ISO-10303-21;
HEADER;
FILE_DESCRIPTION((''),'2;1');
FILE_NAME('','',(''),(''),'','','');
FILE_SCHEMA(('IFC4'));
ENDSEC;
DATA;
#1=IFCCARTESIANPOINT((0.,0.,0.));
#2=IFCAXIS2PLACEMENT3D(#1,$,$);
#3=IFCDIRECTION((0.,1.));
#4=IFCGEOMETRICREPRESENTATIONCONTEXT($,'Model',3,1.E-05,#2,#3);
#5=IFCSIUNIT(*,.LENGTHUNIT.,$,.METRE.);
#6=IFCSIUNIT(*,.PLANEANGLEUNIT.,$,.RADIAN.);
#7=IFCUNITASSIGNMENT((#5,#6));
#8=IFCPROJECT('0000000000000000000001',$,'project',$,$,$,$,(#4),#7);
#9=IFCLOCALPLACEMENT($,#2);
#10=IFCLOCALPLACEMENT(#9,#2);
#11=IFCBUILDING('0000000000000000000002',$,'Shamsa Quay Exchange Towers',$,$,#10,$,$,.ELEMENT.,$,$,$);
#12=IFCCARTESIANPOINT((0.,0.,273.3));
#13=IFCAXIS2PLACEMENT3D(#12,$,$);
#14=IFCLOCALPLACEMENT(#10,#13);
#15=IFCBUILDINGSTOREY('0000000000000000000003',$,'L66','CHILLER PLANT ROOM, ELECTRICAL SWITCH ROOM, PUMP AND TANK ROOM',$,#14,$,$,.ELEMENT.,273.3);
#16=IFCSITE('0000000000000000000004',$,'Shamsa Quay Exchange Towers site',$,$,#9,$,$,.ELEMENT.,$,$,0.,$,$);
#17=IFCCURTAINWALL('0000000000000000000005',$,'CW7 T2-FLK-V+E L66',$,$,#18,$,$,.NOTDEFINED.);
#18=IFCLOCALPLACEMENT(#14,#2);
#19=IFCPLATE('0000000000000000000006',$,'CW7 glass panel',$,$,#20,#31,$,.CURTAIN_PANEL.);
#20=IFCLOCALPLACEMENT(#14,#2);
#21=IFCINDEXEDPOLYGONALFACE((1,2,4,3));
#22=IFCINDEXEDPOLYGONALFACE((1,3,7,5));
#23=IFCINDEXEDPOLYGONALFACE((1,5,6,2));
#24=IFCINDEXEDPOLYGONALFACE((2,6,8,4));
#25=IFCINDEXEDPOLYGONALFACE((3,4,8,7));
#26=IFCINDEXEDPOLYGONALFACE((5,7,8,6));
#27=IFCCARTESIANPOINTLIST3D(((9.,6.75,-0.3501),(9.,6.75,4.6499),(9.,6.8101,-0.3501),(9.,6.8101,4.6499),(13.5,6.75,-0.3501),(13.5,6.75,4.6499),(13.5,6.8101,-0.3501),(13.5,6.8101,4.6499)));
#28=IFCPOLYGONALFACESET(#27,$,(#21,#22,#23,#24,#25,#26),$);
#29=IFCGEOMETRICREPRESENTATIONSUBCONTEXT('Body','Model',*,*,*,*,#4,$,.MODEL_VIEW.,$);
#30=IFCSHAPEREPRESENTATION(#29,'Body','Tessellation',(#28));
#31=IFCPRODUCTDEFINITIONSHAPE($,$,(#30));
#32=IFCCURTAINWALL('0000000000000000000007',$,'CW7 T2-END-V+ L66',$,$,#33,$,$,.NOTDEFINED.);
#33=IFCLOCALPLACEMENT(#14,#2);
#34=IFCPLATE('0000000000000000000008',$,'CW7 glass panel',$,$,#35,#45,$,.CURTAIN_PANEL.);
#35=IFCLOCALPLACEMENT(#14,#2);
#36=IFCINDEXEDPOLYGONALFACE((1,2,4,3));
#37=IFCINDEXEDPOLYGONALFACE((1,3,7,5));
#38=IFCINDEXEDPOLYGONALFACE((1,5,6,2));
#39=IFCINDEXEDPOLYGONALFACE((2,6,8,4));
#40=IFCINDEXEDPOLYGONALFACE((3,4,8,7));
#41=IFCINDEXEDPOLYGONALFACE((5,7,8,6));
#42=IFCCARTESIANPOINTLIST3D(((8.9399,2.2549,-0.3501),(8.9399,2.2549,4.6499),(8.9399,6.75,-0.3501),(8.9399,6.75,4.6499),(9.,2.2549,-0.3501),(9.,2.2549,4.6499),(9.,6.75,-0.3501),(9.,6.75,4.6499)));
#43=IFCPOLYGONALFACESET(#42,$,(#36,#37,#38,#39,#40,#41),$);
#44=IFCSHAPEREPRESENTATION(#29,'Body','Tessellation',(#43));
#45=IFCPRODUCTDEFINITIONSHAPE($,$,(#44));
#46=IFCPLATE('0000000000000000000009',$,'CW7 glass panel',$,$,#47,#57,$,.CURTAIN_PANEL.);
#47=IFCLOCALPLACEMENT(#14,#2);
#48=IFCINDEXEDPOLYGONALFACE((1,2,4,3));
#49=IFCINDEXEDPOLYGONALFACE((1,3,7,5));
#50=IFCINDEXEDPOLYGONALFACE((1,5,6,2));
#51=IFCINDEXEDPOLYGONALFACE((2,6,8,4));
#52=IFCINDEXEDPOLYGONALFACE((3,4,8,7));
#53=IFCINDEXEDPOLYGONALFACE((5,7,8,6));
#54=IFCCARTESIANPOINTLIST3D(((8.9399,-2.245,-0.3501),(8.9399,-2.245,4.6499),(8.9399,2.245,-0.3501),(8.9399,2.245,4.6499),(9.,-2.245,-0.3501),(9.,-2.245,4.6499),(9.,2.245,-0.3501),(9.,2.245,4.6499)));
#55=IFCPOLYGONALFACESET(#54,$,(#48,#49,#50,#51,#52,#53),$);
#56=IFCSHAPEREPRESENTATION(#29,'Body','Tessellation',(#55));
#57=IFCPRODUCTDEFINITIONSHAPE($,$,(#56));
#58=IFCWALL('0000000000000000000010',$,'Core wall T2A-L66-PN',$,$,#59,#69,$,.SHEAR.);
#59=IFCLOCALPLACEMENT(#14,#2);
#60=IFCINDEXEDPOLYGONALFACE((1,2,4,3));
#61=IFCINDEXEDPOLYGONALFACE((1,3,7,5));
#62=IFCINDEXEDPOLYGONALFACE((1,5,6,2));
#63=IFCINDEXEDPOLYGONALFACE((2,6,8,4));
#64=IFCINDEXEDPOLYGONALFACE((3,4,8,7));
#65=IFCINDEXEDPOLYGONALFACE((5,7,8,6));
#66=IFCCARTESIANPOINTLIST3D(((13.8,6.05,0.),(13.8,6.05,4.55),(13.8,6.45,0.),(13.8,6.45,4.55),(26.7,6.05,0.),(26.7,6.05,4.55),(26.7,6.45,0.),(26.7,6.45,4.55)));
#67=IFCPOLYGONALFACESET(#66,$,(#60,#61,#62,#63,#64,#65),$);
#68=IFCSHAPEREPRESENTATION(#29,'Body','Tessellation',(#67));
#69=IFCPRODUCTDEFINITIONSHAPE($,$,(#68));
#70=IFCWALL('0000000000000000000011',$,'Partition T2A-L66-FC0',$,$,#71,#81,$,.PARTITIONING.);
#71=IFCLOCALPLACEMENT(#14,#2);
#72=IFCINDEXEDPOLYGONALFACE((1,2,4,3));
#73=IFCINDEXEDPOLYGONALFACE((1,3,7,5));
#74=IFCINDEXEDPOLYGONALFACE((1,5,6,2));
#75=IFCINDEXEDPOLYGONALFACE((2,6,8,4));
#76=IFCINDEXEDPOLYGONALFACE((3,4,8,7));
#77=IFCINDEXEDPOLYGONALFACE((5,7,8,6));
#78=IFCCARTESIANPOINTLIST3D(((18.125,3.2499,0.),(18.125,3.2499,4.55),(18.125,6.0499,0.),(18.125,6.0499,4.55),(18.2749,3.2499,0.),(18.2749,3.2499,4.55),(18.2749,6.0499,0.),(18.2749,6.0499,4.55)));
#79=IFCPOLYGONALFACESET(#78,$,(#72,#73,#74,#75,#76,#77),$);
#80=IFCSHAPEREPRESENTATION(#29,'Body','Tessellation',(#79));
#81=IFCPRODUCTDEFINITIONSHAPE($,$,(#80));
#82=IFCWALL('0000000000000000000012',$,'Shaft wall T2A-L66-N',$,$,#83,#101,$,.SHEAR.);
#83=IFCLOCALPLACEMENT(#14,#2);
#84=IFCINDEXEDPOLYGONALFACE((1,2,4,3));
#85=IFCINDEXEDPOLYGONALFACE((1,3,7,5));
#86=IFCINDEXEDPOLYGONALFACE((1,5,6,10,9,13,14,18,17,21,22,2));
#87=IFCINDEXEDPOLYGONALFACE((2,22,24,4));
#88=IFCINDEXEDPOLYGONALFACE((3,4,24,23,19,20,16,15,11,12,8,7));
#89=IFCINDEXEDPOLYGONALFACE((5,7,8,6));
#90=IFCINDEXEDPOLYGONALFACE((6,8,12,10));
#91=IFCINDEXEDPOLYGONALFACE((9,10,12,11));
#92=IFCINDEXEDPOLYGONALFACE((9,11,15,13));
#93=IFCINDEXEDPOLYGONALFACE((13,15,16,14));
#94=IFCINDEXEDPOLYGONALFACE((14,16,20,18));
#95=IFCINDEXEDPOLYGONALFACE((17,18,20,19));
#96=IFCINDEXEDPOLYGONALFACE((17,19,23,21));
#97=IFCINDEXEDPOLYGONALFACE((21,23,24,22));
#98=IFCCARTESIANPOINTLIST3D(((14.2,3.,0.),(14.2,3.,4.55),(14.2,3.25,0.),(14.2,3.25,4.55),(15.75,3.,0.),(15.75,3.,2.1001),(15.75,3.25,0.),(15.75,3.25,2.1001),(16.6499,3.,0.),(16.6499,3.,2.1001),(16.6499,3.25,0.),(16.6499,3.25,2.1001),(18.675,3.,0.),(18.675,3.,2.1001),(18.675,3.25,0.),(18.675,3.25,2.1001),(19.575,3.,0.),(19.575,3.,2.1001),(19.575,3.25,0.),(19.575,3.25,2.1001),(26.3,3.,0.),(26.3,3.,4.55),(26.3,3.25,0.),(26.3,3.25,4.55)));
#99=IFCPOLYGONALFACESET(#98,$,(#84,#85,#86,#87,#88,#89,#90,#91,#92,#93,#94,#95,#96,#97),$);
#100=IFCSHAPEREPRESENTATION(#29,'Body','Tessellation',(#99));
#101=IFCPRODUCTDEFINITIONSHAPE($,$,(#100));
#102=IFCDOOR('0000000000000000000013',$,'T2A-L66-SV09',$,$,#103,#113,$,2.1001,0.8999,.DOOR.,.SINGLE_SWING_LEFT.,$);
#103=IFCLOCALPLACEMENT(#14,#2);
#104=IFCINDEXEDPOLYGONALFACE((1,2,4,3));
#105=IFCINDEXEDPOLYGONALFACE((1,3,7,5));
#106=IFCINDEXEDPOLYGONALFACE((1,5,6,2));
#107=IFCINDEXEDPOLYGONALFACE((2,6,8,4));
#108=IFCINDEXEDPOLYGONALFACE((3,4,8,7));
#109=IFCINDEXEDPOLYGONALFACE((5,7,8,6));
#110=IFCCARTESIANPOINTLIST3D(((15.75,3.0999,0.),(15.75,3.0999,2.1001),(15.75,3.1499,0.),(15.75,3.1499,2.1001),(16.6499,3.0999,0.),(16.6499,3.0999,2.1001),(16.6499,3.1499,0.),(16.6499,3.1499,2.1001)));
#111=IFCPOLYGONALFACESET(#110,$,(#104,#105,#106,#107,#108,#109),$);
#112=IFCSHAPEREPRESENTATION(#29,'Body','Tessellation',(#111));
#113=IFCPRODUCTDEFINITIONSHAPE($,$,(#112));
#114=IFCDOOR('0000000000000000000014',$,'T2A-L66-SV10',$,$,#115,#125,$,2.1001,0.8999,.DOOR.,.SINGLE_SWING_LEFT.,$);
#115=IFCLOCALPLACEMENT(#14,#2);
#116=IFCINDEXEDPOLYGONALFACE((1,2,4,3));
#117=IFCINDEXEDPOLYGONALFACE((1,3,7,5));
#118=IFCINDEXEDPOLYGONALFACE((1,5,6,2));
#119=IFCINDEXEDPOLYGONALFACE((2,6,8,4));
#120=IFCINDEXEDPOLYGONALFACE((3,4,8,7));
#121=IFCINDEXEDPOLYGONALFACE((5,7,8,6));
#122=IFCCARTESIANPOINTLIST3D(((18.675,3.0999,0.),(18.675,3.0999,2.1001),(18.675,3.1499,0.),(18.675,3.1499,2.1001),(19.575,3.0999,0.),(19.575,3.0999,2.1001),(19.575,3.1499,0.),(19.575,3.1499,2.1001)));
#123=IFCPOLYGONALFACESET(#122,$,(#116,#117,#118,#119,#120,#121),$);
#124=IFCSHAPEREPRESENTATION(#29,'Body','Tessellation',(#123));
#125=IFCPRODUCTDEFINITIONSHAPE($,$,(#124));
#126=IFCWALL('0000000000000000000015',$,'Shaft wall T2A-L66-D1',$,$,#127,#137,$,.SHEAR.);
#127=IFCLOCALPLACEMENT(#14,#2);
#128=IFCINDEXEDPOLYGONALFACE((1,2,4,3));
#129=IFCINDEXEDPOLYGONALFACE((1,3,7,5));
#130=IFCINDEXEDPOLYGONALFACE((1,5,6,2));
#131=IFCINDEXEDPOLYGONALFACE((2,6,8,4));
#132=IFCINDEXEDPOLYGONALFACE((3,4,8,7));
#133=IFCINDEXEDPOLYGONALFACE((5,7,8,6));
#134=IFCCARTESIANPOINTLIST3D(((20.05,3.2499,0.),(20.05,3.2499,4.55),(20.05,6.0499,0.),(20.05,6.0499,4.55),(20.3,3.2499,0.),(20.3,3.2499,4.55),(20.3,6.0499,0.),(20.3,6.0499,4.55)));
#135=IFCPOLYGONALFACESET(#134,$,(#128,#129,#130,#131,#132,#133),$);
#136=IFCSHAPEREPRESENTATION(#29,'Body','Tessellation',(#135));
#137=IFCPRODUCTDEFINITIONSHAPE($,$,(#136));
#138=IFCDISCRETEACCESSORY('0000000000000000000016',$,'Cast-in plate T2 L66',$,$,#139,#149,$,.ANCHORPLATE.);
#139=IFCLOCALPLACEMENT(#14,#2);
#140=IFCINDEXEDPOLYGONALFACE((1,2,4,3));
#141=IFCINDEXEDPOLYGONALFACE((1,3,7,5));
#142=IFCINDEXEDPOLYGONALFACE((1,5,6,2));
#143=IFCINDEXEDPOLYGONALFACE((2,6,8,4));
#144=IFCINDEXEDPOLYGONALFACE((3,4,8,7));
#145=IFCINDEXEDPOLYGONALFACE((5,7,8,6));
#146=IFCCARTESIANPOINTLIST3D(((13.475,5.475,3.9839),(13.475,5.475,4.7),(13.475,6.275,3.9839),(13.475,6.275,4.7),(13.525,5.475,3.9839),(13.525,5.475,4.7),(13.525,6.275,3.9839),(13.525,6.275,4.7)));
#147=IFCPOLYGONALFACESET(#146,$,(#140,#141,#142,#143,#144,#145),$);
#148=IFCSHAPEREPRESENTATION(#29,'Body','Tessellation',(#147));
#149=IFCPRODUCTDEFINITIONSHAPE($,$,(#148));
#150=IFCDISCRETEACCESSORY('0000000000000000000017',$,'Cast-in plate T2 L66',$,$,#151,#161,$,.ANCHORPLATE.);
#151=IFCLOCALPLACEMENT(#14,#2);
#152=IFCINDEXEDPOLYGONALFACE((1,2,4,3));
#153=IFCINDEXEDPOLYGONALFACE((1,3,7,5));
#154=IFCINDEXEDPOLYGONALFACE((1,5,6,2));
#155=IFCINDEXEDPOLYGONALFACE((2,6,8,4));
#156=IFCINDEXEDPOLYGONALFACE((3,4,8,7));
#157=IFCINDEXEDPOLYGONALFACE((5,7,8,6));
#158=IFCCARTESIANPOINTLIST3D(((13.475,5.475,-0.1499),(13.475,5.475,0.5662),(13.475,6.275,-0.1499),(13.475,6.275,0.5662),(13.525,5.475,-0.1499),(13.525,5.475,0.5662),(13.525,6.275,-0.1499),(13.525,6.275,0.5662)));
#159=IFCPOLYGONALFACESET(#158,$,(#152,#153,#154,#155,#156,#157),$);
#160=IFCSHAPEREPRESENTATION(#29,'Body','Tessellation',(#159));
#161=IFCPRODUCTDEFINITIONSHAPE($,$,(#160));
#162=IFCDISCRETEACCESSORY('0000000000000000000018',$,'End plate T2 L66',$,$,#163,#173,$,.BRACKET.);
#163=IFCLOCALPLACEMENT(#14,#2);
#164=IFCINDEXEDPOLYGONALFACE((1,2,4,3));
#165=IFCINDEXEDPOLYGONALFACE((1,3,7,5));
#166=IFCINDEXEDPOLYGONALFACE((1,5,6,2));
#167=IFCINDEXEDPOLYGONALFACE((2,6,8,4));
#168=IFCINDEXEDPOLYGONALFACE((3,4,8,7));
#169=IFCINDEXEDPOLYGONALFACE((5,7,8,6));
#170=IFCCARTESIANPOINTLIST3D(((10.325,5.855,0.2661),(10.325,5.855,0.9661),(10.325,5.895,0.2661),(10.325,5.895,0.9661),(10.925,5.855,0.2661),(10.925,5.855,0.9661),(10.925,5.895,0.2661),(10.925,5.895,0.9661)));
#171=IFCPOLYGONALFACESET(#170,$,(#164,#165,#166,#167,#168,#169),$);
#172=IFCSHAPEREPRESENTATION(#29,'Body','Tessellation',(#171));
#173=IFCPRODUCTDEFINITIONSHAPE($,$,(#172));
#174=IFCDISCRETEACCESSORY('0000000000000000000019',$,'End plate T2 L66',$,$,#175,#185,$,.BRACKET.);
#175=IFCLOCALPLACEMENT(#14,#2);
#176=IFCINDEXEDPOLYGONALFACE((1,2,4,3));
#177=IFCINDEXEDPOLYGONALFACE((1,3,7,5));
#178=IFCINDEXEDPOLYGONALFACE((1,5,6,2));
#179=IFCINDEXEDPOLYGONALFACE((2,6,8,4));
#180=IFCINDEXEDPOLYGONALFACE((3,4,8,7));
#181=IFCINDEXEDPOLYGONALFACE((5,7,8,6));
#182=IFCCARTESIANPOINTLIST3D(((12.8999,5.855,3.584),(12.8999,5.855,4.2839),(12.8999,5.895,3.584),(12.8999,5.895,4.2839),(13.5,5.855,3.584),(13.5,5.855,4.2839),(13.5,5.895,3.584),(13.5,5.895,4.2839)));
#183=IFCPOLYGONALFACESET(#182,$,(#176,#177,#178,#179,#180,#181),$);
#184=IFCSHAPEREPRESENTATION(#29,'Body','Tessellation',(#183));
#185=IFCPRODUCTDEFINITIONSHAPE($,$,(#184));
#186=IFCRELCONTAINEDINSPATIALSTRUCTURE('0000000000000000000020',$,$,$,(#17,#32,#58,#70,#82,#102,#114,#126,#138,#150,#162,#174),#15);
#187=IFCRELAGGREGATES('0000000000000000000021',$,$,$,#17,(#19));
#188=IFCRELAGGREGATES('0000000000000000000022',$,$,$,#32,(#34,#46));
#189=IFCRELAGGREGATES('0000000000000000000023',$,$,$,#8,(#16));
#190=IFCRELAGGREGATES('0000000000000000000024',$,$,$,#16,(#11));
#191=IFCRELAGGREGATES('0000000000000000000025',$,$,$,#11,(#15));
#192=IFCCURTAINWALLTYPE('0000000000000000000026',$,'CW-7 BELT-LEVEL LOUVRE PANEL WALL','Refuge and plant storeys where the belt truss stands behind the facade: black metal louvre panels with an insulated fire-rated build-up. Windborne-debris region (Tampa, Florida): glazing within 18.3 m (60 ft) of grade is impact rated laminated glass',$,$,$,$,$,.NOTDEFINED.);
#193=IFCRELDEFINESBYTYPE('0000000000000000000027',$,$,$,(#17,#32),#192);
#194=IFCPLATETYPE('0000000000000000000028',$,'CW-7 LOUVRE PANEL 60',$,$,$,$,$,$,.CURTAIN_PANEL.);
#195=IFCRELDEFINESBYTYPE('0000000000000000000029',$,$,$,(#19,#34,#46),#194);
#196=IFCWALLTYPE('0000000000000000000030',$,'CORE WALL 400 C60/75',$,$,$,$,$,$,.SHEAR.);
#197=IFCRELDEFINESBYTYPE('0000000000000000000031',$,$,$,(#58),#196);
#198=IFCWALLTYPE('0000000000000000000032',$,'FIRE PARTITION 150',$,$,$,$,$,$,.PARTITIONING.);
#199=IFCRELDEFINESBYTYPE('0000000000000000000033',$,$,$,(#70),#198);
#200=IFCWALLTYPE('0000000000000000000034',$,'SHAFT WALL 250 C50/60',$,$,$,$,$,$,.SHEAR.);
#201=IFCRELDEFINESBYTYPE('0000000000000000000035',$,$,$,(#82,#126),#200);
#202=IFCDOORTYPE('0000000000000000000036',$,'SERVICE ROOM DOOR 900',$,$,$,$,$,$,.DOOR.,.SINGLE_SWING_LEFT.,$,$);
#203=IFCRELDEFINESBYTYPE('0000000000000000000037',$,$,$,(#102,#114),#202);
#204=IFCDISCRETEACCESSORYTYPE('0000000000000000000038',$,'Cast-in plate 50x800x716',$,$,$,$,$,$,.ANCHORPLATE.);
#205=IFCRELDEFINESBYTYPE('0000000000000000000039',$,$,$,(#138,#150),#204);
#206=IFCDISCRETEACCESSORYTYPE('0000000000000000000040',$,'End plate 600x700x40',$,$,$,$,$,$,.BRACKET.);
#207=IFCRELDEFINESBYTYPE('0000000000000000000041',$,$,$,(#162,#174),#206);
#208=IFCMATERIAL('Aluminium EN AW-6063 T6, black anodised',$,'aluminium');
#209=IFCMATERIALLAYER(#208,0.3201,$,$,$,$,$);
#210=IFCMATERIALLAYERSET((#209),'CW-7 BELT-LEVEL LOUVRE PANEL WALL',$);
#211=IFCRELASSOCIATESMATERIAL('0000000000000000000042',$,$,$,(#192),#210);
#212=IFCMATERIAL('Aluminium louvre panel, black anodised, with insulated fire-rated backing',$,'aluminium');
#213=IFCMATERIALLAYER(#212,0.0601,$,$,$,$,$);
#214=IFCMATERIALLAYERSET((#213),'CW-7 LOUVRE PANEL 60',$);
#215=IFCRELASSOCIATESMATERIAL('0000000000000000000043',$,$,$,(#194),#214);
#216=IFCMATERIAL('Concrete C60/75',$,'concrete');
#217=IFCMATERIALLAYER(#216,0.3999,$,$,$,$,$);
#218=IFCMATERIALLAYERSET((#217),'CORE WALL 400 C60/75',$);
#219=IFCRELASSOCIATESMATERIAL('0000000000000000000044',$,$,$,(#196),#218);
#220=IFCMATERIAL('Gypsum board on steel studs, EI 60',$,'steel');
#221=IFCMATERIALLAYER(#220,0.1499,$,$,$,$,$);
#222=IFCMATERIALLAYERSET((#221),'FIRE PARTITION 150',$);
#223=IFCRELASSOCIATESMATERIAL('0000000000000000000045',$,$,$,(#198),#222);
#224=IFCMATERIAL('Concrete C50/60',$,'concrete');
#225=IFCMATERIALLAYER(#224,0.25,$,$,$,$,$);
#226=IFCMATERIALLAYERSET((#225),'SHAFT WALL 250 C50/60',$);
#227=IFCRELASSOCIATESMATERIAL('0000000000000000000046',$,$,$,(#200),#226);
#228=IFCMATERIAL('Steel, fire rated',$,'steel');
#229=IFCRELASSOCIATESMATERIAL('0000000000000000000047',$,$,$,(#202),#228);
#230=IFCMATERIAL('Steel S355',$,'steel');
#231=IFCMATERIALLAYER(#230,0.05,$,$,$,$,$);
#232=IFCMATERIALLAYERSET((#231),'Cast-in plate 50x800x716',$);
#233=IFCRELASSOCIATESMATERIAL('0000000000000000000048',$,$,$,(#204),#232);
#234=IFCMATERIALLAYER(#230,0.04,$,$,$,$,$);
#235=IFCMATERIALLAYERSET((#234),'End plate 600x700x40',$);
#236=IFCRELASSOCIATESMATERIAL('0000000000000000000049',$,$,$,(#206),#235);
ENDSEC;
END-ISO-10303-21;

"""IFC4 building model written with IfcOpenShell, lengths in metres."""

from ifc_helpers import new_model, si_unit, direction, frame, frame_2d, origin, origin_2d, place, context, subcontext, project, spatial, rectangle, extrude, material, layer, layer_set, type_object, element, fill, aggregate, save


model = new_model("IFC4")

# Units and contexts
model_context = context("Model", 3, precision=1e-05, world=origin(), true_north=direction((0.0, 1.0)))
body_context = subcontext(model_context, "Body", "Model", "MODEL_VIEW")
ifc_project = project(units=[si_unit("LENGTHUNIT", "METRE"), si_unit("PLANEANGLEUNIT", "RADIAN")], contexts=[model_context])

# Site, building, storey
site_placement = place(None, origin())
site = spatial("IfcSite", under=ifc_project, at=site_placement, Name="Shamsa Quay Exchange Towers site", CompositionType="ELEMENT", RefElevation=0.0)
building_placement = place(site_placement, origin())
building = spatial("IfcBuilding", under=site, at=building_placement, Name="Shamsa Quay Exchange Towers", CompositionType="ELEMENT")
storey_placement = place(building_placement, frame((0.0, 0.0, 273.3)))
storey = spatial("IfcBuildingStorey", under=building, at=storey_placement, Name="L66", Description="CHILLER PLANT ROOM, ELECTRICAL SWITCH ROOM, PUMP AND TANK ROOM", CompositionType="ELEMENT", Elevation=273.3)

# Shared definitions
ifc_material_1 = material(Name="Steel S355", Category="steel")

# Shared definitions
ifc_material_2 = material(Name="Concrete C50/60", Category="concrete")

# Shared definitions
ifc_material_3 = material(Name="Aluminium EN AW-6063 T6, black anodised", Category="aluminium")
ifc_layer_1 = layer(ifc_material_3, 0.3201)
ifc_layer_set_1 = layer_set([ifc_layer_1], Name="CW-7 BELT-LEVEL LOUVRE PANEL WALL")
curtain_wall_type = type_object("IfcCurtainWallType", Name="CW-7 BELT-LEVEL LOUVRE PANEL WALL", Description="Refuge and plant storeys where the belt truss stands behind the facade: black metal louvre panels with an insulated fire-rated build-up. Windborne-debris region (Tampa, Florida): glazing within 18.3 m (60 ft) of grade is impact rated laminated glass", PredefinedType="NOTDEFINED", material=ifc_layer_set_1)
ifc_material_4 = material(Name="Aluminium louvre panel, black anodised, with insulated fire-rated backing", Category="aluminium")
ifc_layer_2 = layer(ifc_material_4, 0.0601)
ifc_layer_set_2 = layer_set([ifc_layer_2], Name="CW-7 LOUVRE PANEL 60")
plate_type = type_object("IfcPlateType", Name="CW-7 LOUVRE PANEL 60", PredefinedType="CURTAIN_PANEL", material=ifc_layer_set_2)

# Curtain wall, plate
curtain_wall_1_placement = place(storey_placement, origin())
curtain_wall_1 = element("IfcCurtainWall", 1, at=curtain_wall_1_placement, inside=storey, type_object=curtain_wall_type, Name="CW7 T2-FLK-V+E L66", PredefinedType="NOTDEFINED")
plate_1_placement = place(storey_placement, frame((11.25, 6.78, -0.3501), z_axis=(0.0, 0.0, 1.0), x_axis=(-1.0, 0.0, 0.0)))
plate_1 = element("IfcPlate", 2, at=plate_1_placement, type_object=plate_type, Name="CW7 glass panel", PredefinedType="CURTAIN_PANEL", context=body_context, shape_type="SweptSolid", body=[
    extrude(rectangle(XDim=4.5, YDim=0.0601, at=origin_2d()), origin(), (0.0, 0.0, 1.0), 5.0),
])
aggregate(curtain_wall_1, [plate_1])

# Curtain wall, plates
curtain_wall_2_placement = place(storey_placement, origin())
curtain_wall_2 = element("IfcCurtainWall", 3, at=curtain_wall_2_placement, inside=storey, type_object=curtain_wall_type, Name="CW7 T2-END-V+ L66", PredefinedType="NOTDEFINED")
plate_2_placement = place(storey_placement, frame((8.97, 4.5024, -0.3501), z_axis=(0.0, 0.0, 1.0), x_axis=(0.0, -1.0, 0.0)))
plate_2 = element("IfcPlate", 4, at=plate_2_placement, type_object=plate_type, Name="CW7 glass panel", PredefinedType="CURTAIN_PANEL", context=body_context, shape_type="SweptSolid", body=[
    extrude(rectangle(XDim=4.4951, YDim=0.0601, at=origin_2d()), origin(), (0.0, 0.0, 1.0), 5.0),
])
plate_3_placement = place(storey_placement, frame((8.97, 0.0, -0.3501), z_axis=(0.0, 0.0, 1.0), x_axis=(0.0, -1.0, 0.0)))
plate_3 = element("IfcPlate", 5, at=plate_3_placement, type_object=plate_type, Name="CW7 glass panel", PredefinedType="CURTAIN_PANEL", context=body_context, shape_type="SweptSolid", body=[
    extrude(rectangle(XDim=4.49, YDim=0.0601, at=origin_2d()), origin(), (0.0, 0.0, 1.0), 5.0),
])
aggregate(curtain_wall_2, [plate_2, plate_3])

# Wall
ifc_material_5 = material(Name="Concrete C60/75", Category="concrete")
ifc_layer_3 = layer(ifc_material_5, 0.3999)
ifc_layer_set_3 = layer_set([ifc_layer_3], Name="CORE WALL 400 C60/75")
wall_type_1 = type_object("IfcWallType", Name="CORE WALL 400 C60/75", PredefinedType="SHEAR", material=ifc_layer_set_3)
wall_1_placement = place(storey_placement, frame((13.8, 6.25, 0.0)))
element("IfcWall", 6, at=wall_1_placement, inside=storey, type_object=wall_type_1, Name="Core wall T2A-L66-PN", PredefinedType="SHEAR", context=body_context, shape_type="SweptSolid", body=[
    extrude(rectangle(XDim=12.8999, YDim=0.3999, at=frame_2d((6.45, 0.0))), origin(), (0.0, 0.0, 1.0), 4.55),
])

# Shared definitions
ifc_material_6 = material(Name="Steel, fire rated", Category="steel")

# Wall
ifc_material_7 = material(Name="Gypsum board on steel studs, EI 60", Category="steel")
ifc_layer_4 = layer(ifc_material_7, 0.1499)
ifc_layer_set_4 = layer_set([ifc_layer_4], Name="FIRE PARTITION 150")
wall_type_2 = type_object("IfcWallType", Name="FIRE PARTITION 150", PredefinedType="PARTITIONING", material=ifc_layer_set_4)
wall_2_placement = place(storey_placement, frame((18.2, 3.25, 0.0), z_axis=(0.0, 0.0, 1.0), x_axis=(0.0, 1.0, 0.0)))
element("IfcWall", 7, at=wall_2_placement, inside=storey, type_object=wall_type_2, Name="Partition T2A-L66-FC0", PredefinedType="PARTITIONING", context=body_context, shape_type="SweptSolid", body=[
    extrude(rectangle(XDim=2.8, YDim=0.1499, at=frame_2d((1.3999, 0.0))), origin(), (0.0, 0.0, 1.0), 4.55),
])

# Wall, openings, doors
ifc_layer_5 = layer(ifc_material_2, 0.25)
ifc_layer_set_5 = layer_set([ifc_layer_5], Name="SHAFT WALL 250 C50/60")
wall_type_3 = type_object("IfcWallType", Name="SHAFT WALL 250 C50/60", PredefinedType="SHEAR", material=ifc_layer_set_5)
wall_3_placement = place(storey_placement, frame((14.2, 3.125, 0.0)))
wall_3 = element("IfcWall", 8, at=wall_3_placement, inside=storey, type_object=wall_type_3, Name="Shaft wall T2A-L66-N", PredefinedType="SHEAR", context=body_context, shape_type="SweptSolid", body=[
    extrude(rectangle(XDim=12.1001, YDim=0.25, at=frame_2d((6.05, 0.0))), origin(), (0.0, 0.0, 1.0), 4.55),
])
opening_1_placement = place(wall_3_placement, frame((1.55, 0.0, 0.0)))
opening_1 = element("IfcOpeningElement", 9, at=opening_1_placement, cuts=wall_3, PredefinedType="OPENING", context=body_context, shape_type="SweptSolid", body=[
    extrude(rectangle(XDim=0.8999, YDim=2.1001, at=frame_2d((0.45, 1.05))), frame((0.0, 0.135, 0.0), z_axis=(0.0, -1.0, 0.0), x_axis=(1.0, 0.0, 0.0)), (0.0, 0.0, 1.0), 0.27),
])
opening_2_placement = place(wall_3_placement, frame((4.4751, 0.0, 0.0)))
opening_2 = element("IfcOpeningElement", 10, at=opening_2_placement, cuts=wall_3, PredefinedType="OPENING", context=body_context, shape_type="SweptSolid", body=[
    extrude(rectangle(XDim=0.8999, YDim=2.1001, at=frame_2d((0.45, 1.05))), frame((0.0, 0.135, 0.0), z_axis=(0.0, -1.0, 0.0), x_axis=(1.0, 0.0, 0.0)), (0.0, 0.0, 1.0), 0.27),
])
door_type_1 = type_object("IfcDoorType", Name="SERVICE ROOM DOOR 900", OperationType="SINGLE_SWING_LEFT", PredefinedType="DOOR", material=ifc_material_6)
door_1_placement = place(opening_1_placement, origin())
door_1 = element("IfcDoor", 11, at=door_1_placement, inside=storey, type_object=door_type_1, Name="T2A-L66-SV09", OperationType="SINGLE_SWING_LEFT", OverallHeight=2.1001, OverallWidth=0.8999, PredefinedType="DOOR", context=body_context, shape_type="SweptSolid", body=[
    extrude(rectangle(XDim=0.8999, YDim=2.1001, at=frame_2d((0.45, 1.05))), frame((0.0, 0.0249, 0.0), z_axis=(0.0, -1.0, 0.0), x_axis=(1.0, 0.0, 0.0)), (0.0, 0.0, 1.0), 0.05),
])
fill(opening_1, door_1)
door_2_placement = place(opening_2_placement, origin())
door_2 = element("IfcDoor", 12, at=door_2_placement, inside=storey, type_object=door_type_1, Name="T2A-L66-SV10", OperationType="SINGLE_SWING_LEFT", OverallHeight=2.1001, OverallWidth=0.8999, PredefinedType="DOOR", context=body_context, shape_type="SweptSolid", body=[
    extrude(rectangle(XDim=0.8999, YDim=2.1001, at=frame_2d((0.45, 1.05))), frame((0.0, 0.0249, 0.0), z_axis=(0.0, -1.0, 0.0), x_axis=(1.0, 0.0, 0.0)), (0.0, 0.0, 1.0), 0.05),
])
fill(opening_2, door_2)

# Wall
wall_4_placement = place(storey_placement, frame((20.175, 3.25, 0.0), z_axis=(0.0, 0.0, 1.0), x_axis=(0.0, 1.0, 0.0)))
element("IfcWall", 13, at=wall_4_placement, inside=storey, type_object=wall_type_3, Name="Shaft wall T2A-L66-D1", PredefinedType="SHEAR", context=body_context, shape_type="SweptSolid", body=[
    extrude(rectangle(XDim=2.8, YDim=0.25, at=frame_2d((1.3999, 0.0))), origin(), (0.0, 0.0, 1.0), 4.55),
])

# Discrete accessories
ifc_layer_6 = layer(ifc_material_1, 0.05)
ifc_layer_set_6 = layer_set([ifc_layer_6], Name="Cast-in plate 50x800x716")
discrete_accessory_type_1 = type_object("IfcDiscreteAccessoryType", Name="Cast-in plate 50x800x716", PredefinedType="ANCHORPLATE", material=ifc_layer_set_6)
for number, where, name in (
    (14, (13.5, 5.875, 3.9839), "Cast-in plate T2 L66"),
    (15, (13.5, 5.875, -0.1499), "Cast-in plate T2 L66"),
):
    element("IfcDiscreteAccessory", number, at=place(storey_placement, frame(where)), inside=storey, type_object=discrete_accessory_type_1, Name=name, PredefinedType="ANCHORPLATE", context=body_context, shape_type="SweptSolid", body=[
        extrude(rectangle(XDim=0.05, YDim=0.8, at=origin_2d()), origin(), (0.0, 0.0, 1.0), 0.7161),
    ])
ifc_layer_7 = layer(ifc_material_1, 0.04)
ifc_layer_set_7 = layer_set([ifc_layer_7], Name="End plate 600x700x40")
discrete_accessory_type_2 = type_object("IfcDiscreteAccessoryType", Name="End plate 600x700x40", PredefinedType="BRACKET", material=ifc_layer_set_7)
for number, where, name in (
    (16, (10.625, 5.875, 0.2661), "End plate T2 L66"),
    (17, (13.2, 5.875, 3.584), "End plate T2 L66"),
):
    element("IfcDiscreteAccessory", number, at=place(storey_placement, frame(where)), inside=storey, type_object=discrete_accessory_type_2, Name=name, PredefinedType="BRACKET", context=body_context, shape_type="SweptSolid", body=[
        extrude(rectangle(XDim=0.6001, YDim=0.04, at=origin_2d()), origin(), (0.0, 0.0, 1.0), 0.7),
    ])

save(model, "model.ifc")
